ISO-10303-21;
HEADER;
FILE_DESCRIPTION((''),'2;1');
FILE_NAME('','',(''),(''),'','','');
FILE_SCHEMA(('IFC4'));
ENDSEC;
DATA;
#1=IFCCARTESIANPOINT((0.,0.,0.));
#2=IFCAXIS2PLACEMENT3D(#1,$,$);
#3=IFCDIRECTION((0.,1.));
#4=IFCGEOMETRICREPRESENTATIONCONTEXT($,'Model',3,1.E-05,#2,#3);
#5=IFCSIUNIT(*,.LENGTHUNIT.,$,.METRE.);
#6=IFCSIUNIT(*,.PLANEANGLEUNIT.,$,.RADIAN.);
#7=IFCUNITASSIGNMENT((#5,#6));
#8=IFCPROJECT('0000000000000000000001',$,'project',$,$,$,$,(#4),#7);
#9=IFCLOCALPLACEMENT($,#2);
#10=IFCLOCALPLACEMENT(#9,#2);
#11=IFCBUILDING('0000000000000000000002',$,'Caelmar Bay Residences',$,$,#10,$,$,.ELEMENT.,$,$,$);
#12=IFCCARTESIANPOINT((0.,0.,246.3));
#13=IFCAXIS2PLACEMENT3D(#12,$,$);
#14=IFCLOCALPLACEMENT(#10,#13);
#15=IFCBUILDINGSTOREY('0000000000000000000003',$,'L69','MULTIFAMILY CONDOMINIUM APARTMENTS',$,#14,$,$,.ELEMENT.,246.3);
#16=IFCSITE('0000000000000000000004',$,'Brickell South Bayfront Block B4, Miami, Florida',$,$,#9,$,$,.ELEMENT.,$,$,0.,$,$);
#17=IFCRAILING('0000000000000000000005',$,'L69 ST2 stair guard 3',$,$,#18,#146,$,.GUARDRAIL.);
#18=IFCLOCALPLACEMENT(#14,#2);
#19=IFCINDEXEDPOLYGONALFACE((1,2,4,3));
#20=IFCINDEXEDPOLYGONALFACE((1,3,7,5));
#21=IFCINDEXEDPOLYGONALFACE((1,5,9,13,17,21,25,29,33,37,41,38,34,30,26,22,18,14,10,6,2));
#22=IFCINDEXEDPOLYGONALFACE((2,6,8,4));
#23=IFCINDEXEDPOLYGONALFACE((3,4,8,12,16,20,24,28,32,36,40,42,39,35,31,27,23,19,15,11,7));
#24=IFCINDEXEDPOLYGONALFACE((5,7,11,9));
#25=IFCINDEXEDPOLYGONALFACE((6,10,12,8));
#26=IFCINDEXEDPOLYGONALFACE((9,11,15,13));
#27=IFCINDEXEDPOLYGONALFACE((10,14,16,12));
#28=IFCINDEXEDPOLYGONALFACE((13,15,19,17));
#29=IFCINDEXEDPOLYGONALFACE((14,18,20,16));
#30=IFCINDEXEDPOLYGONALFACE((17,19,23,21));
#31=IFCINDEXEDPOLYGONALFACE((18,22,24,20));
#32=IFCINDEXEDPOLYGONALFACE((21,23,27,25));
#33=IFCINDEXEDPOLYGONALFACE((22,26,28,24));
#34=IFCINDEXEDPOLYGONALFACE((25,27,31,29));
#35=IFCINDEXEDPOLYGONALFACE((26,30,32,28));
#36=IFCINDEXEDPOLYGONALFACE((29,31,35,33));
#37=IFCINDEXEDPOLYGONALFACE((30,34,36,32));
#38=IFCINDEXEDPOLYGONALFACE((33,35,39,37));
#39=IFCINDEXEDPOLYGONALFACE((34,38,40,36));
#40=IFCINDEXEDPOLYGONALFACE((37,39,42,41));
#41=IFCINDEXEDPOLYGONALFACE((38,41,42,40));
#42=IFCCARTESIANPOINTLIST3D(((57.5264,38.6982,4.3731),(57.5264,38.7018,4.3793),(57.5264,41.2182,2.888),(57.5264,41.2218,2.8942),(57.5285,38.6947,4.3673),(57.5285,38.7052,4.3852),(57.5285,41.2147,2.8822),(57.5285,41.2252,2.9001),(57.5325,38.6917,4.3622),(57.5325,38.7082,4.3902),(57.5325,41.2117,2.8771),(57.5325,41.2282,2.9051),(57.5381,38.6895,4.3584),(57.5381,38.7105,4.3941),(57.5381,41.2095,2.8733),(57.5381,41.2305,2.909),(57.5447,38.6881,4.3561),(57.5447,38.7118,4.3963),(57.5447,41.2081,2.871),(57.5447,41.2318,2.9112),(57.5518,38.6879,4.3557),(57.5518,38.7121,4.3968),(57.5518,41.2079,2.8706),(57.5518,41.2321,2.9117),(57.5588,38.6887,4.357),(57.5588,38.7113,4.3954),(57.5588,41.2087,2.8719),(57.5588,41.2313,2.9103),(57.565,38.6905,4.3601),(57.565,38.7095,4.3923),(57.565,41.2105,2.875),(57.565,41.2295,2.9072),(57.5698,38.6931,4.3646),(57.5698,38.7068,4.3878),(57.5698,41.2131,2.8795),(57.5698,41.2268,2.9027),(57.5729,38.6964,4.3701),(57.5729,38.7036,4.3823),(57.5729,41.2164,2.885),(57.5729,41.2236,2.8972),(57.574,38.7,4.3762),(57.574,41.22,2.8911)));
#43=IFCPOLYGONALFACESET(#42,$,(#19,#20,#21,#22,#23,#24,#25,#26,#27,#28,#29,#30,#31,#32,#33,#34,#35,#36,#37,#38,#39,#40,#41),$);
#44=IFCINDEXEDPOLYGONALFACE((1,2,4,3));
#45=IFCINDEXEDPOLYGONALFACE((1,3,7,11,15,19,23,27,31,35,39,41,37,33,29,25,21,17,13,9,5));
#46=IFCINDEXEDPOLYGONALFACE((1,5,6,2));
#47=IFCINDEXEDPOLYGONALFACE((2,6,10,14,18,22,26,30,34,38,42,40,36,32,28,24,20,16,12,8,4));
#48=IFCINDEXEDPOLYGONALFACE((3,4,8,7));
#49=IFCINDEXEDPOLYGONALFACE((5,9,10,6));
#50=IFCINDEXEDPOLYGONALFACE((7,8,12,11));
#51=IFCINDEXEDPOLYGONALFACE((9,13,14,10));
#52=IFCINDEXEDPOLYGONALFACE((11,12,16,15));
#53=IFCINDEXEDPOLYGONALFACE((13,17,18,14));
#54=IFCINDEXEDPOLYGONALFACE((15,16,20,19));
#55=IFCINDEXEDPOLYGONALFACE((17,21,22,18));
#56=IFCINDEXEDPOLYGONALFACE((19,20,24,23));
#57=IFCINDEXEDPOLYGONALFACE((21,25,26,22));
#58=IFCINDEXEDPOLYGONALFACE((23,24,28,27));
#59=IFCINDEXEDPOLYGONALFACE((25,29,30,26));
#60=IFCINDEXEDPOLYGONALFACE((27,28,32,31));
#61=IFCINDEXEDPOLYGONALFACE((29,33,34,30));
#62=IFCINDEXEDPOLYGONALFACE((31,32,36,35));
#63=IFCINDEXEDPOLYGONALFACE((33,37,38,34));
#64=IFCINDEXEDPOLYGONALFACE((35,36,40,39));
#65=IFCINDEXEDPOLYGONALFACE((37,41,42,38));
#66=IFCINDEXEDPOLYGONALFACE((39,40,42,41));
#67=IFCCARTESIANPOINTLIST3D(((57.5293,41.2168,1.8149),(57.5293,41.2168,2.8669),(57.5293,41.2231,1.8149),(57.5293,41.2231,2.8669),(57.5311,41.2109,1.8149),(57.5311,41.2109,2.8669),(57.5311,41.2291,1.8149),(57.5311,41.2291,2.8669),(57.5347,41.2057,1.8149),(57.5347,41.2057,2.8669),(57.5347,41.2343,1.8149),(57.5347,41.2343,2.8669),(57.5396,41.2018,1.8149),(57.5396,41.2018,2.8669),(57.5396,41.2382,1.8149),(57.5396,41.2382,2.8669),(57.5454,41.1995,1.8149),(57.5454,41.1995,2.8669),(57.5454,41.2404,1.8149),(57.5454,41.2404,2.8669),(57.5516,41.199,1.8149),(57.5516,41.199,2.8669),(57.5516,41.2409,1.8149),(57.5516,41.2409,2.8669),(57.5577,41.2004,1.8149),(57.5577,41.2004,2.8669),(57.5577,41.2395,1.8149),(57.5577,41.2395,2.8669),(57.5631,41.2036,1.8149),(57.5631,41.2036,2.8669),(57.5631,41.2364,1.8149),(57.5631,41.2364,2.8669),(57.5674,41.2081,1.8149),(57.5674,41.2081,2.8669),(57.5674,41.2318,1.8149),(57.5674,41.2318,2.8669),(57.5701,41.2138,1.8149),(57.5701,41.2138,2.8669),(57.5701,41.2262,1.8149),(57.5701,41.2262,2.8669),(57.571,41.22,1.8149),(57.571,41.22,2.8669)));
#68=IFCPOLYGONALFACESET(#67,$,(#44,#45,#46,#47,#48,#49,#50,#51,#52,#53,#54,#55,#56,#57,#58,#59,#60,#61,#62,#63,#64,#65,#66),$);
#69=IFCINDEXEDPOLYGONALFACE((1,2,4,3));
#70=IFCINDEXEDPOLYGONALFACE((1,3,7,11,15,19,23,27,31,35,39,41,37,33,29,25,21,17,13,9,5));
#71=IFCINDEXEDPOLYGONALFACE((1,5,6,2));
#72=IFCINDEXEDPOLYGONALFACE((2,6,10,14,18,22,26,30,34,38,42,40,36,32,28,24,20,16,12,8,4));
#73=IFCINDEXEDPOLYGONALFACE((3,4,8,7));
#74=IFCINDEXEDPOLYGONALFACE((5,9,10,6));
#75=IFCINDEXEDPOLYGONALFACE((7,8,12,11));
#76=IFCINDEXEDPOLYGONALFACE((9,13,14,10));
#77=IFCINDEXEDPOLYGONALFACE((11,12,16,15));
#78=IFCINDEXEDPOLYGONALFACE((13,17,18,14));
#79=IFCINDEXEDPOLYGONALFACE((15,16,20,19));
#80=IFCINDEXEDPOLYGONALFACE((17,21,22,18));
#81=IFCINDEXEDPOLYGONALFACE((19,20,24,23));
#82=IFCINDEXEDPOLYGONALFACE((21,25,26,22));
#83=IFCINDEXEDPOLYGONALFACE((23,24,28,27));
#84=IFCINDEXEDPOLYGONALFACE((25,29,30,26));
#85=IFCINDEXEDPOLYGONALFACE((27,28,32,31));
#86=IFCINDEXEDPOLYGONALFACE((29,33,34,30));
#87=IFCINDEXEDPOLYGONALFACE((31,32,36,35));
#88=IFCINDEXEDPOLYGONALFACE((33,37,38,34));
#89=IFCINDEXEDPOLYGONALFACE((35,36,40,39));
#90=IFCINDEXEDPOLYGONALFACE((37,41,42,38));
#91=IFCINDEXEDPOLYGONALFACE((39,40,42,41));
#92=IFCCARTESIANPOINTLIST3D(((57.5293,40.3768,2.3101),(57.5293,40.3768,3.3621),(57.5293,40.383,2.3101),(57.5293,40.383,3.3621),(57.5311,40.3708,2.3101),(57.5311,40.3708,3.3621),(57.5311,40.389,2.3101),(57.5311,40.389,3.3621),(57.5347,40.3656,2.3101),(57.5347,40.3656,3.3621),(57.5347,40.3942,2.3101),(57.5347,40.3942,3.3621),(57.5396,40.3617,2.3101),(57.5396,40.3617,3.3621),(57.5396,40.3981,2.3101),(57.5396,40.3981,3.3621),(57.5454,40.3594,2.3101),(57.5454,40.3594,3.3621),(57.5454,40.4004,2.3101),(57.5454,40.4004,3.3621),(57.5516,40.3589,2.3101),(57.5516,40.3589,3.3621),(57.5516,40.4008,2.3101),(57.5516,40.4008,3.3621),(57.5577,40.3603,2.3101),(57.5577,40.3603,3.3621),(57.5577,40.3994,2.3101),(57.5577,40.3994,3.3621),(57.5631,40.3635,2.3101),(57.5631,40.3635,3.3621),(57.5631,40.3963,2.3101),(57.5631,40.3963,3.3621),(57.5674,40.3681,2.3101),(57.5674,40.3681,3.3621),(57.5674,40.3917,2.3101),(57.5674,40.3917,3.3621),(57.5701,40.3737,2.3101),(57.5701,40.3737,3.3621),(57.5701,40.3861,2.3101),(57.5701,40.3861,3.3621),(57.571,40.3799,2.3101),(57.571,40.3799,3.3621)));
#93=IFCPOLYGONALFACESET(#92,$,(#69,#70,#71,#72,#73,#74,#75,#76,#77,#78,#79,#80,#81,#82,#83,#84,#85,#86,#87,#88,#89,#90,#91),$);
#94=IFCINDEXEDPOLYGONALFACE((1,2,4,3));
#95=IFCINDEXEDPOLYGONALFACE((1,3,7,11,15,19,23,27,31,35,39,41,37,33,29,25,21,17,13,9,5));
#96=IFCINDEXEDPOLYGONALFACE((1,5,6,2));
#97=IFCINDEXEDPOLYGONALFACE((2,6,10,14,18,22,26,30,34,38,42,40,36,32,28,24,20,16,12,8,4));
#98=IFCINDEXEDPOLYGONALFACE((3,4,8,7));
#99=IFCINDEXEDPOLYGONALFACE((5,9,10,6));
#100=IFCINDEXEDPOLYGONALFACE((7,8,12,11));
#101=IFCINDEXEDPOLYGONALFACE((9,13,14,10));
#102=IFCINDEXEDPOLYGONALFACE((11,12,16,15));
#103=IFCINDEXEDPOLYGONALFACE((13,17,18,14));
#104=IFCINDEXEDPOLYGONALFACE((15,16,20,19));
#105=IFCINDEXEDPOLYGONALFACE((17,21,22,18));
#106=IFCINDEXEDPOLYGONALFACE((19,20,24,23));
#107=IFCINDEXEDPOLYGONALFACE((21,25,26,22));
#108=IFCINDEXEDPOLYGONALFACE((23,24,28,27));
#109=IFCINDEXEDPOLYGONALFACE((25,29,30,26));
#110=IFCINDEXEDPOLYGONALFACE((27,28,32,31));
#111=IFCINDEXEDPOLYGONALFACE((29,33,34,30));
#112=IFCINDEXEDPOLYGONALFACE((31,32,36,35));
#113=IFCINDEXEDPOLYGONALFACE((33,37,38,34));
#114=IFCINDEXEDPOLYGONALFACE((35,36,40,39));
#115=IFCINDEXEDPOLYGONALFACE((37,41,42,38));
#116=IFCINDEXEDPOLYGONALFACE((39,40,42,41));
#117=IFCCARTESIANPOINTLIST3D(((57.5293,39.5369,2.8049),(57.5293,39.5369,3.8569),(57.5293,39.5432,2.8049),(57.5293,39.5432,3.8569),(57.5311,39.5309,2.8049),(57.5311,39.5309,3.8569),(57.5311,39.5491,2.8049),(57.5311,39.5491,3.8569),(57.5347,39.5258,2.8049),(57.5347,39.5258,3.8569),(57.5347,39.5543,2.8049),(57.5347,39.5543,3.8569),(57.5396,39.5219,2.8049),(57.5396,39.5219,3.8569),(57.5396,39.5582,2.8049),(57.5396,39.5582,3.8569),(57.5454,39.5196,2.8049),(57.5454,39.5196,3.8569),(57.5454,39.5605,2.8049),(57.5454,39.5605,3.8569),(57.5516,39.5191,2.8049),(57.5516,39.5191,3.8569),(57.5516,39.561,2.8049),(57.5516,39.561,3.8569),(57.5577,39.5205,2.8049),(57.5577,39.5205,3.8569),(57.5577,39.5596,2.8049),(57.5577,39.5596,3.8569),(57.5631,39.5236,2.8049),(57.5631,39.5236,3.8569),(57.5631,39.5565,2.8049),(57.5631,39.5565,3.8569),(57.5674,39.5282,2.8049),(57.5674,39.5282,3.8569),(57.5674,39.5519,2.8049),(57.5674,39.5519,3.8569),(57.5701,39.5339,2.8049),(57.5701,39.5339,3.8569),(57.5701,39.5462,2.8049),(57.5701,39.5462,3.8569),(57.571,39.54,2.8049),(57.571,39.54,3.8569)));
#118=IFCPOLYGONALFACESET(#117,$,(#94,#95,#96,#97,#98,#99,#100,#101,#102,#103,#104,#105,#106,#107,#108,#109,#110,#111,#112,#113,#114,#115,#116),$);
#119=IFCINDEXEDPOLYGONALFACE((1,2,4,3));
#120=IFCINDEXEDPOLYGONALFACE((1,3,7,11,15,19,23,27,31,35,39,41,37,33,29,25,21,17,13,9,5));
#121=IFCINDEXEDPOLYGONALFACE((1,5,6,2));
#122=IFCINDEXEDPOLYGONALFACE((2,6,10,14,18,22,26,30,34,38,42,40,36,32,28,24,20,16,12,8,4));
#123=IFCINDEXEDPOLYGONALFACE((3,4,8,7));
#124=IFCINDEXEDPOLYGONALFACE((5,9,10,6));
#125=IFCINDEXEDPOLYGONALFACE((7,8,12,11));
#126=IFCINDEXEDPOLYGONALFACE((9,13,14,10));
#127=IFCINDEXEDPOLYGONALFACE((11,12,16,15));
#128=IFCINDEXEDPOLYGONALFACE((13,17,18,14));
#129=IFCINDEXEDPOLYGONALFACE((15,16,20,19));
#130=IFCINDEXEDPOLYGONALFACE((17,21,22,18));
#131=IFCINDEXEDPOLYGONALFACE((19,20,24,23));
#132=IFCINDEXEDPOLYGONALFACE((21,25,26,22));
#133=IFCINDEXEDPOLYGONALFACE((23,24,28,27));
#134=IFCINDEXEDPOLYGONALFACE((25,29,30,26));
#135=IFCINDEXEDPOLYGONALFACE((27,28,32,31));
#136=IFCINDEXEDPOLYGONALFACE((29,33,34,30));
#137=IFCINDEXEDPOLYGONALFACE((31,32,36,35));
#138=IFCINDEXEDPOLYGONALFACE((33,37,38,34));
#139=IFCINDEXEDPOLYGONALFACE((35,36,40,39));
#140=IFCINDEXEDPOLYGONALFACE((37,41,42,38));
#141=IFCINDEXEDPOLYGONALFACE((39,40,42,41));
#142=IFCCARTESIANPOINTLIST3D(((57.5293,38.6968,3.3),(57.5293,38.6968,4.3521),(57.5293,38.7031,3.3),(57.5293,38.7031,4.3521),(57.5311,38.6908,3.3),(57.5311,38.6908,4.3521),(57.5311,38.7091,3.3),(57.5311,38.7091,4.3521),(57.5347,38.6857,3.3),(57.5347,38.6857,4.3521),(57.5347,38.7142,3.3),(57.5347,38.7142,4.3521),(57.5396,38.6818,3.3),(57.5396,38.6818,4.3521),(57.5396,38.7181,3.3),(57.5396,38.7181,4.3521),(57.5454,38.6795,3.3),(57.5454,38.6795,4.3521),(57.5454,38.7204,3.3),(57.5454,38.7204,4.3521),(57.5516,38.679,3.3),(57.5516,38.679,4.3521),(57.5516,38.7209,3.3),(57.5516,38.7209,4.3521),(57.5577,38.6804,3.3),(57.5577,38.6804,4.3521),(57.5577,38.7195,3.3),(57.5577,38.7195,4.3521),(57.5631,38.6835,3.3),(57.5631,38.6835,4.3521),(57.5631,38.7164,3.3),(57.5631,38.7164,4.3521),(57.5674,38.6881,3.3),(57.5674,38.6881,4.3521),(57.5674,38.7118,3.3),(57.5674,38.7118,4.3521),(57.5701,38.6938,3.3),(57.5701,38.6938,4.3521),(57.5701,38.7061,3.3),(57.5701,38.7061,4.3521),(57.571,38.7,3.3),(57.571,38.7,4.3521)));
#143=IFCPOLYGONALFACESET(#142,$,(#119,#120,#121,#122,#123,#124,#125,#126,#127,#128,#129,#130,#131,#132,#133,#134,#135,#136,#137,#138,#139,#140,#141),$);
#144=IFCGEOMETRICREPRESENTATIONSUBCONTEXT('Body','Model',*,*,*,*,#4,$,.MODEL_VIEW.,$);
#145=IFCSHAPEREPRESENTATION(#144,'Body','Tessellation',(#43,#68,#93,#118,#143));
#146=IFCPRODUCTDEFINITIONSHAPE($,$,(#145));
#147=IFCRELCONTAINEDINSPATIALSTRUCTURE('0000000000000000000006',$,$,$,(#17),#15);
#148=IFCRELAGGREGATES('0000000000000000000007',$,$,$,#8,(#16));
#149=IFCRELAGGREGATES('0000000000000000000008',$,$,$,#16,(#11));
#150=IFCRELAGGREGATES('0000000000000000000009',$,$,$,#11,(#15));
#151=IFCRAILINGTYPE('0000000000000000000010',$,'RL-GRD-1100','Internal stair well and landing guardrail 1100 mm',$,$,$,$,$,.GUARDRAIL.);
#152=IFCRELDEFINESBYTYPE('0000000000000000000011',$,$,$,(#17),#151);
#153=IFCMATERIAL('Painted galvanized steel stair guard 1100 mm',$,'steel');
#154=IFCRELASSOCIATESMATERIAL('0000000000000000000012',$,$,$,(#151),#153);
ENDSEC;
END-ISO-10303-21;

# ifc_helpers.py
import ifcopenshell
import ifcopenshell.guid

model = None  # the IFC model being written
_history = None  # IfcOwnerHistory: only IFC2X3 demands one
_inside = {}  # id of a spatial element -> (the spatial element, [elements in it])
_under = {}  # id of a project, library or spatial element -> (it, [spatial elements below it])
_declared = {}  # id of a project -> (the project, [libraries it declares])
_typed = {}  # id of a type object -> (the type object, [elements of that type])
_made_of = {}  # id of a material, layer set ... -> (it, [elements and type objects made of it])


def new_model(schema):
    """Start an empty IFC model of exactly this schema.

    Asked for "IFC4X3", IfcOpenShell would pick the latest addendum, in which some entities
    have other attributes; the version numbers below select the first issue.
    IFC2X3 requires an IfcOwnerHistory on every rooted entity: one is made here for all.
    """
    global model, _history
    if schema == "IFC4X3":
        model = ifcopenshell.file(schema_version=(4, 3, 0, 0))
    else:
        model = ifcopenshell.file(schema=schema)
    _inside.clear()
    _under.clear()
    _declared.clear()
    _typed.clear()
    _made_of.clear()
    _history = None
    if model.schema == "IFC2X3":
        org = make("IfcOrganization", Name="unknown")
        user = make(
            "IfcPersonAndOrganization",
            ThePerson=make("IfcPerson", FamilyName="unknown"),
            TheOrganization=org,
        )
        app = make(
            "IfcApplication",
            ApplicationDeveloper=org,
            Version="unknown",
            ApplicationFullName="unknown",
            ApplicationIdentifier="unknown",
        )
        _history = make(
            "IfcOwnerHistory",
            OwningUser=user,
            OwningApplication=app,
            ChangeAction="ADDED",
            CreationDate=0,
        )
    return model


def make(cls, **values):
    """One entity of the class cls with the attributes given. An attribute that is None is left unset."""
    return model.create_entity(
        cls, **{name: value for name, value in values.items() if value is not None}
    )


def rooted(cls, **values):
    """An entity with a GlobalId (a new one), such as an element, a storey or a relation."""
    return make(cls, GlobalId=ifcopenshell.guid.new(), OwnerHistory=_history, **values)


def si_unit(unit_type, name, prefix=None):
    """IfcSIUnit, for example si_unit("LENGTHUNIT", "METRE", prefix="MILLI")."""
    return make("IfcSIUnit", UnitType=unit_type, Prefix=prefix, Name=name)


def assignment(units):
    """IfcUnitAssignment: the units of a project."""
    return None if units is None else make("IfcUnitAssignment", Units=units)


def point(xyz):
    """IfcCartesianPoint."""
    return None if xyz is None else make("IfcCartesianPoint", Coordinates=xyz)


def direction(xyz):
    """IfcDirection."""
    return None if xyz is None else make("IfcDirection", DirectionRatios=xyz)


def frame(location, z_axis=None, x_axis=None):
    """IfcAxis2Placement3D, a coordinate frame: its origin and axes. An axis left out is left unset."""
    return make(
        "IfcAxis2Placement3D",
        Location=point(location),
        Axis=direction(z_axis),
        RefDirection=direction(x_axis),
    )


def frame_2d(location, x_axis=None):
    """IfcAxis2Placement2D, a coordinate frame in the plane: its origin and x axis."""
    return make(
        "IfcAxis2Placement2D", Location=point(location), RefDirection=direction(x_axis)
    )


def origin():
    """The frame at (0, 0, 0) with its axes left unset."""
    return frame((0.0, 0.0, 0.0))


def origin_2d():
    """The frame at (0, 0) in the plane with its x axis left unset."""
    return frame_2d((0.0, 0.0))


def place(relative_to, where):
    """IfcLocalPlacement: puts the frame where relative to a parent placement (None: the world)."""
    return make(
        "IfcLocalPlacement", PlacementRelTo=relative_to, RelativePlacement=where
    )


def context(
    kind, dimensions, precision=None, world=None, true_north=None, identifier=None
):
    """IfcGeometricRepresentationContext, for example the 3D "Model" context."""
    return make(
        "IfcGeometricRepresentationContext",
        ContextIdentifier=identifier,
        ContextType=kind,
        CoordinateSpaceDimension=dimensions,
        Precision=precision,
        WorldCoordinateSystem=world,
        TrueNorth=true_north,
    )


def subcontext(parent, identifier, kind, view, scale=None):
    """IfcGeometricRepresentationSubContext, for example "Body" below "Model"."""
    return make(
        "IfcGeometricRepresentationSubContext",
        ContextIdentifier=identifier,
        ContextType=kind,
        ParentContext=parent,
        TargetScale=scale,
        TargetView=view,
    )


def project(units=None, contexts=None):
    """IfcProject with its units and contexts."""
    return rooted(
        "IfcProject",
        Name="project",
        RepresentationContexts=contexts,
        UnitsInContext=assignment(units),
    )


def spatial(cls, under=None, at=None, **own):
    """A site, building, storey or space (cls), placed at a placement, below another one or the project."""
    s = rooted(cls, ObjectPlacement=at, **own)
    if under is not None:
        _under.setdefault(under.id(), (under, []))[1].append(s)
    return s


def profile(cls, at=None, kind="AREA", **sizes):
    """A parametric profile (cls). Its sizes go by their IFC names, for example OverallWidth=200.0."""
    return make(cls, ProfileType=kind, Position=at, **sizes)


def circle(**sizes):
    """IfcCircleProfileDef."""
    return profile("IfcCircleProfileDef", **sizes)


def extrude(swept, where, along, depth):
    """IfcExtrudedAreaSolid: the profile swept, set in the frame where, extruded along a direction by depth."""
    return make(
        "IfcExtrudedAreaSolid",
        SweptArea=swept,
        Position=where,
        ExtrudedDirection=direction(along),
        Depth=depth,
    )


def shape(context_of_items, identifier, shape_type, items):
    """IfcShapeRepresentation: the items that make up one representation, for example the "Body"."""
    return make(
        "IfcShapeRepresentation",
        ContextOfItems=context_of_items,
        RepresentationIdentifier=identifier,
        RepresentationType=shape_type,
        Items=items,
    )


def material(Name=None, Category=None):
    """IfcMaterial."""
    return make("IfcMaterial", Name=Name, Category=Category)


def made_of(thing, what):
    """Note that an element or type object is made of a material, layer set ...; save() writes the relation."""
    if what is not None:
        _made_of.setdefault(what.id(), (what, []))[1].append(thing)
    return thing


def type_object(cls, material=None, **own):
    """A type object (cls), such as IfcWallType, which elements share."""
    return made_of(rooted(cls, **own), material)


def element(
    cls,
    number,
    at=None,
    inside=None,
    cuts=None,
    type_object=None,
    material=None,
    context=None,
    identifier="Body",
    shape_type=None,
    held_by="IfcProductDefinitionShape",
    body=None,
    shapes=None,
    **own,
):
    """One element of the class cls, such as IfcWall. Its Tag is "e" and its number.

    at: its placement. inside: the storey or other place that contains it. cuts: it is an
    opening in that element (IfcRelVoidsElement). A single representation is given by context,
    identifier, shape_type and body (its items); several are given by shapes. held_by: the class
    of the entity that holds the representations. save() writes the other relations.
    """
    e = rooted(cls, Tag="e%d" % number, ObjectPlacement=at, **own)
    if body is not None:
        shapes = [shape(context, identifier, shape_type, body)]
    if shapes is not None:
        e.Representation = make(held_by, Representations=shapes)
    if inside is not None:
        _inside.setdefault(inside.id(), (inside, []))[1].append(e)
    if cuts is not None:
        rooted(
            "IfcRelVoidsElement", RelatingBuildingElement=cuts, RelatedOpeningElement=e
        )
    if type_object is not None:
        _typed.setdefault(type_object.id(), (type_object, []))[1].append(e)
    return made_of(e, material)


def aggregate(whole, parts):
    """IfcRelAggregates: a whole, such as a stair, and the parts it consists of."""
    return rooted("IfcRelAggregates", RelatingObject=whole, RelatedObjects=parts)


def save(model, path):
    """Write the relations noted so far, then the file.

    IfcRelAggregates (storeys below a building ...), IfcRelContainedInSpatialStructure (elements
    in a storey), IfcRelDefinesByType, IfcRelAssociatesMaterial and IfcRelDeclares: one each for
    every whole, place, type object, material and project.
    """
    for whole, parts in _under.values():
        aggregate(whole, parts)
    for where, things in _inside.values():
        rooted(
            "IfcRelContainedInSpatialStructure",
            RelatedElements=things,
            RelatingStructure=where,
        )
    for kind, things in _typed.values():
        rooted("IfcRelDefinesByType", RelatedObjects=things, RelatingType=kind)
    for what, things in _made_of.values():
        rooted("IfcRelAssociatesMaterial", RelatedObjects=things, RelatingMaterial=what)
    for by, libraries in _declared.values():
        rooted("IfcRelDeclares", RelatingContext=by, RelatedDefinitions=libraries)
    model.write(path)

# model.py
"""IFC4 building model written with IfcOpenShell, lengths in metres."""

from ifc_helpers import new_model, si_unit, direction, frame, origin, origin_2d, place, context, subcontext, project, spatial, circle, extrude, material, type_object, element, save


model = new_model("IFC4")

# Units and contexts
model_context = context("Model", 3, precision=1e-05, world=origin(), true_north=direction((0.0, 1.0)))
body_context = subcontext(model_context, "Body", "Model", "MODEL_VIEW")
ifc_project = project(units=[si_unit("LENGTHUNIT", "METRE"), si_unit("PLANEANGLEUNIT", "RADIAN")], contexts=[model_context])

# Site, building, storey
site_placement = place(None, origin())
site = spatial("IfcSite", under=ifc_project, at=site_placement, Name="Brickell South Bayfront Block B4, Miami, Florida", CompositionType="ELEMENT", RefElevation=0.0)
building_placement = place(site_placement, origin())
building = spatial("IfcBuilding", under=site, at=building_placement, Name="Caelmar Bay Residences", CompositionType="ELEMENT")
storey_placement = place(building_placement, frame((0.0, 0.0, 246.3)))
storey = spatial("IfcBuildingStorey", under=building, at=storey_placement, Name="L69", Description="MULTIFAMILY CONDOMINIUM APARTMENTS", CompositionType="ELEMENT", Elevation=246.3)

# Railing
ifc_material_1 = material(Name="Painted galvanized steel stair guard 1100 mm", Category="steel")
railing_type_1 = type_object("IfcRailingType", Name="RL-GRD-1100", Description="Internal stair well and landing guardrail 1100 mm", PredefinedType="GUARDRAIL", material=ifc_material_1)
railing_1_placement = place(storey_placement, frame((57.55, 41.22, 1.8149)))
element("IfcRailing", 1, at=railing_1_placement, inside=storey, type_object=railing_type_1, Name="L69 ST2 stair guard 3", PredefinedType="GUARDRAIL", context=body_context, shape_type="SweptSolid", body=[
    extrude(circle(Radius=0.0239, at=origin_2d()), frame((0.0, 0.0, 1.0762), z_axis=(0.0, -0.861524, 0.507717), x_axis=(1.0, 0.0, 0.0)), (0.0, 0.0, 1.0), 2.925),
    extrude(circle(Radius=0.021, at=origin_2d()), origin(), (0.0, 0.0, 1.0), 1.052),
    extrude(circle(Radius=0.021, at=origin_2d()), frame((0.0, -0.8401, 0.4951)), (0.0, 0.0, 1.0), 1.052),
    extrude(circle(Radius=0.021, at=origin_2d()), frame((0.0, -1.6799, 0.99)), (0.0, 0.0, 1.0), 1.052),
    extrude(circle(Radius=0.021, at=origin_2d()), frame((0.0, -2.52, 1.4851)), (0.0, 0.0, 1.0), 1.052),
])

save(model, "model.ifc")
